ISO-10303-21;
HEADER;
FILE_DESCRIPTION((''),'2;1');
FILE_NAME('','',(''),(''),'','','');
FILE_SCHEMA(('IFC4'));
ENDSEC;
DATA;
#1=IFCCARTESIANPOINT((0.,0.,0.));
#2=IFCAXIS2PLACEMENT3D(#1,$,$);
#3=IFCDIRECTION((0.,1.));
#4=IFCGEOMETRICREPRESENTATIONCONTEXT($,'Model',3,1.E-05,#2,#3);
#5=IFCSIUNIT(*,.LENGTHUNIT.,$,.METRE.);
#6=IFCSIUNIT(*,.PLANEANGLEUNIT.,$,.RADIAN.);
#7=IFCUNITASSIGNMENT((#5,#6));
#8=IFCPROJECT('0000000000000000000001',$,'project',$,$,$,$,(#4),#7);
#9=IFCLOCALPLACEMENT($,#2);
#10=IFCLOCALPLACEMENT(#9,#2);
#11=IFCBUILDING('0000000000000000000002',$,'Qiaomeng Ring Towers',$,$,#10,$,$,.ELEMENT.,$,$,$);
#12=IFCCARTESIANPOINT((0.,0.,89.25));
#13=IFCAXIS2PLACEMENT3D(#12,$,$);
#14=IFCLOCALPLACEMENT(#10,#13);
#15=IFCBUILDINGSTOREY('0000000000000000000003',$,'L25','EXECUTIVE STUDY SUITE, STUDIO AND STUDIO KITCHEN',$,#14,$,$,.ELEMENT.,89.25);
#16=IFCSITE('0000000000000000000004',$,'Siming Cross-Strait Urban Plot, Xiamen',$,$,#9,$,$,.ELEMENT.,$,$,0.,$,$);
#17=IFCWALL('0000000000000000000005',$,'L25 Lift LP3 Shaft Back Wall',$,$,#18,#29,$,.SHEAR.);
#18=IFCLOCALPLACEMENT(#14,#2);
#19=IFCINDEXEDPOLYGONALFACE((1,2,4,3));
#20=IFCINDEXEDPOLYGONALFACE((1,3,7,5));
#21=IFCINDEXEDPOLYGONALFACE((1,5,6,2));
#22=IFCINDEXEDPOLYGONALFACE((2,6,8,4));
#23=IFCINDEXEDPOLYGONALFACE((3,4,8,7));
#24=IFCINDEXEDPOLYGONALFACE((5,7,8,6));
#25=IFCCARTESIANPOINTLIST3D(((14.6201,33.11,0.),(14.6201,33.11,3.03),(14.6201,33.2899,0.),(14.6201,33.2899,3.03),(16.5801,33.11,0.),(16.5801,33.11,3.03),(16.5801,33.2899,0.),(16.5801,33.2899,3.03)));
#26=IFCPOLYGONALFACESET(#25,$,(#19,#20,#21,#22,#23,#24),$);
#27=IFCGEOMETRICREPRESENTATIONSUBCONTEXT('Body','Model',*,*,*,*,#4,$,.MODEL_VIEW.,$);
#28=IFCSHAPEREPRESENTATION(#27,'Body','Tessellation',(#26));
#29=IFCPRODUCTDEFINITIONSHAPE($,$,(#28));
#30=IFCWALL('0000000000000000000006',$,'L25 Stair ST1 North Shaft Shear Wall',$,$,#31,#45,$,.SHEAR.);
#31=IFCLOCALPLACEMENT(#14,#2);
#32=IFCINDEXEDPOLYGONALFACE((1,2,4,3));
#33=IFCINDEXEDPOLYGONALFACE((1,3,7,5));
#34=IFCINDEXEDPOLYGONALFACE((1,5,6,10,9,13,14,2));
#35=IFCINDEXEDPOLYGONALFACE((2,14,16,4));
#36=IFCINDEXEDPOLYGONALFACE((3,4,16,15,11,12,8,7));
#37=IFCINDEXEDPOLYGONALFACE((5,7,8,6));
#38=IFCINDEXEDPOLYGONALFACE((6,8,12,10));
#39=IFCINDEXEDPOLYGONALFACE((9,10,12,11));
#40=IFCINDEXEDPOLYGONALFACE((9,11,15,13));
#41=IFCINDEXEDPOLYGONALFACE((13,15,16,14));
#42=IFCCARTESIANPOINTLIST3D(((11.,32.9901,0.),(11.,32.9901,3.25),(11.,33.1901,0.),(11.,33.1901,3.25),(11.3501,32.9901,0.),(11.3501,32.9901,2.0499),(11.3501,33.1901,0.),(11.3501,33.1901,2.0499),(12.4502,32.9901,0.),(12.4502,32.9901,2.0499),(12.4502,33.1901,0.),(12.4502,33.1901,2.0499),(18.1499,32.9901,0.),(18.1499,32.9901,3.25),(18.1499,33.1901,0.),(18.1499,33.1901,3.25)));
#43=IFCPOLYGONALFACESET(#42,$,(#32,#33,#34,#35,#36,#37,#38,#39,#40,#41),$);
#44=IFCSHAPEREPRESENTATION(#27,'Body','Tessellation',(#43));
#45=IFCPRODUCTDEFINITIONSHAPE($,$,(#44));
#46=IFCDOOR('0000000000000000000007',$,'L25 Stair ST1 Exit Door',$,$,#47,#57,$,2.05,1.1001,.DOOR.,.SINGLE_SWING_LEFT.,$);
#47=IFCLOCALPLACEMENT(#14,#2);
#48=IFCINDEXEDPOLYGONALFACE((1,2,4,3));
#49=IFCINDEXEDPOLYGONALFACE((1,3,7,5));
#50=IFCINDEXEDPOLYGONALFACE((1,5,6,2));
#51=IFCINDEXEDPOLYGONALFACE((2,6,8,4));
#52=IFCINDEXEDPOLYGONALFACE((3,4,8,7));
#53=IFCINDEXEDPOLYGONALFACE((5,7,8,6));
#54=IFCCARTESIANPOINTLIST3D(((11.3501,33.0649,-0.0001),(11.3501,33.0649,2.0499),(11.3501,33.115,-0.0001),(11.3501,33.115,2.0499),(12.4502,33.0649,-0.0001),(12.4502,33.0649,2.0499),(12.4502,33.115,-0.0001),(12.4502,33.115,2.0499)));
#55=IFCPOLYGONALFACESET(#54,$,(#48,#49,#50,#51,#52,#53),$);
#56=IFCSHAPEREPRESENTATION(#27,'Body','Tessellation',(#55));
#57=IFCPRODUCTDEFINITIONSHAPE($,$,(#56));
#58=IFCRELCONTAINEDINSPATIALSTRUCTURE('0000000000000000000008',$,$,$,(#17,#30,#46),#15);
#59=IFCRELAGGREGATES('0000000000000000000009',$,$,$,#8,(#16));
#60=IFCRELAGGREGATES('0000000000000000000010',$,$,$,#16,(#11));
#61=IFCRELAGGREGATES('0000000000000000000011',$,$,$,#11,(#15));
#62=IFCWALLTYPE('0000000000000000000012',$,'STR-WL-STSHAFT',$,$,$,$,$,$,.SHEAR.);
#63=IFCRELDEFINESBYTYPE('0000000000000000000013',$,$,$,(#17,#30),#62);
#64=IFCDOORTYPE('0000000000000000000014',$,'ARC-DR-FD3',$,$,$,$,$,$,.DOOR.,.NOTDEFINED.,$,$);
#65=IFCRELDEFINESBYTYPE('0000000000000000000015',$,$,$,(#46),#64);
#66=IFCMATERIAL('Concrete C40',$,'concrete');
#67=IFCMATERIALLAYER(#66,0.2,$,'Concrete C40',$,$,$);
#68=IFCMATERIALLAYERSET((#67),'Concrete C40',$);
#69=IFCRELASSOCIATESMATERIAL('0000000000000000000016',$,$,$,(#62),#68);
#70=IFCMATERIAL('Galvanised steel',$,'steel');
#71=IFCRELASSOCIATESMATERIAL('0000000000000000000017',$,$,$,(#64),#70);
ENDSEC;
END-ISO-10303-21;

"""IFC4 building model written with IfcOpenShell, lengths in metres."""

from ifc_helpers import new_model, si_unit, direction, frame, frame_2d, origin, place, context, subcontext, project, spatial, rectangle, extrude, source, transform, mapped, material, layer, layer_set, type_object, element, fill, save


model = new_model("IFC4")

# Units and contexts
model_context = context("Model", 3, precision=1e-05, world=origin(), true_north=direction((0.0, 1.0)))
body_context = subcontext(model_context, "Body", "Model", "MODEL_VIEW")
ifc_project = project(units=[si_unit("LENGTHUNIT", "METRE"), si_unit("PLANEANGLEUNIT", "RADIAN")], contexts=[model_context])

# Site, building, storey
site_placement = place(None, origin())
site = spatial("IfcSite", under=ifc_project, at=site_placement, Name="Siming Cross-Strait Urban Plot, Xiamen", CompositionType="ELEMENT", RefElevation=0.0)
building_placement = place(site_placement, origin())
building = spatial("IfcBuilding", under=site, at=building_placement, Name="Qiaomeng Ring Towers", CompositionType="ELEMENT")
storey_placement = place(building_placement, frame((0.0, 0.0, 89.25)))
storey = spatial("IfcBuildingStorey", under=building, at=storey_placement, Name="L25", Description="EXECUTIVE STUDY SUITE, STUDIO AND STUDIO KITCHEN", CompositionType="ELEMENT", Elevation=89.25)

# Wall
ifc_material_1 = material(Name="Concrete C40", Category="concrete")
ifc_layer_1 = layer(ifc_material_1, 0.2, Name="Concrete C40")
ifc_layer_set_1 = layer_set([ifc_layer_1], Name="Concrete C40")
wall_type_1 = type_object("IfcWallType", Name="STR-WL-STSHAFT", PredefinedType="SHEAR", material=ifc_layer_set_1)
wall_1_placement = place(storey_placement, frame((14.6201, 33.2, 0.0), z_axis=(0.0, 0.0, 1.0), x_axis=(1.0, 0.0, 0.0)))
element("IfcWall", 1, at=wall_1_placement, inside=storey, type_object=wall_type_1, Name="L25 Lift LP3 Shaft Back Wall", PredefinedType="SHEAR", context=body_context, shape_type="SweptSolid", body=[
    extrude(rectangle(XDim=1.96, YDim=0.1799, at=frame_2d((0.98, 0.0))), origin(), (0.0, 0.0, 1.0), 3.03),
])

# Wall, opening, door
wall_2_placement = place(storey_placement, frame((11.0, 33.0901, 0.0), z_axis=(0.0, 0.0, 1.0), x_axis=(1.0, 0.0, 0.0)))
wall_2 = element("IfcWall", 2, at=wall_2_placement, inside=storey, type_object=wall_type_1, Name="L25 Stair ST1 North Shaft Shear Wall", PredefinedType="SHEAR", context=body_context, shape_type="SweptSolid", body=[
    extrude(rectangle(XDim=7.1499, YDim=0.2, at=frame_2d((3.575, 0.0))), origin(), (0.0, 0.0, 1.0), 3.25),
])
opening_1_placement = place(wall_2_placement, frame((0.3501, 0.0, 0.0)))
opening_1 = element("IfcOpeningElement", 3, at=opening_1_placement, cuts=wall_2, PredefinedType="OPENING", context=body_context, shape_type="SweptSolid", body=[
    extrude(rectangle(XDim=1.1001, YDim=2.05, at=frame_2d((0.55, 1.0249))), frame((0.0, 0.1099, 0.0), z_axis=(0.0, -1.0, 0.0), x_axis=(1.0, 0.0, 0.0)), (0.0, 0.0, 1.0), 0.22),
])
ifc_material_2 = material(Name="Galvanised steel", Category="steel")
door_type_1 = type_object("IfcDoorType", Name="ARC-DR-FD3", OperationType="NOTDEFINED", PredefinedType="DOOR", material=ifc_material_2)
shared_shape_1 = source(origin(), body_context, "Body", "SweptSolid", [
    extrude(rectangle(XDim=1.1001, YDim=2.05, at=frame_2d((0.55, 1.0249))), frame((0.0, 0.0249, 0.0), z_axis=(0.0, -1.0, 0.0), x_axis=(1.0, 0.0, 0.0)), (0.0, 0.0, 1.0), 0.05),
])
door_1_placement = place(opening_1_placement, origin())
door_1 = element("IfcDoor", 4, at=door_1_placement, inside=storey, type_object=door_type_1, Name="L25 Stair ST1 Exit Door", OperationType="SINGLE_SWING_LEFT", OverallHeight=2.05, OverallWidth=1.1001, PredefinedType="DOOR", context=body_context, shape_type="MappedRepresentation", body=[
    mapped(shared_shape_1, transform((0.0, 0.0, 0.0), x_axis=(1.0, 0.0, 0.0), y_axis=(0.0, 1.0, 0.0), z_axis=(0.0, 0.0, 1.0), scale=1.0)),
])
fill(opening_1, door_1)

save(model, "model.ifc")
